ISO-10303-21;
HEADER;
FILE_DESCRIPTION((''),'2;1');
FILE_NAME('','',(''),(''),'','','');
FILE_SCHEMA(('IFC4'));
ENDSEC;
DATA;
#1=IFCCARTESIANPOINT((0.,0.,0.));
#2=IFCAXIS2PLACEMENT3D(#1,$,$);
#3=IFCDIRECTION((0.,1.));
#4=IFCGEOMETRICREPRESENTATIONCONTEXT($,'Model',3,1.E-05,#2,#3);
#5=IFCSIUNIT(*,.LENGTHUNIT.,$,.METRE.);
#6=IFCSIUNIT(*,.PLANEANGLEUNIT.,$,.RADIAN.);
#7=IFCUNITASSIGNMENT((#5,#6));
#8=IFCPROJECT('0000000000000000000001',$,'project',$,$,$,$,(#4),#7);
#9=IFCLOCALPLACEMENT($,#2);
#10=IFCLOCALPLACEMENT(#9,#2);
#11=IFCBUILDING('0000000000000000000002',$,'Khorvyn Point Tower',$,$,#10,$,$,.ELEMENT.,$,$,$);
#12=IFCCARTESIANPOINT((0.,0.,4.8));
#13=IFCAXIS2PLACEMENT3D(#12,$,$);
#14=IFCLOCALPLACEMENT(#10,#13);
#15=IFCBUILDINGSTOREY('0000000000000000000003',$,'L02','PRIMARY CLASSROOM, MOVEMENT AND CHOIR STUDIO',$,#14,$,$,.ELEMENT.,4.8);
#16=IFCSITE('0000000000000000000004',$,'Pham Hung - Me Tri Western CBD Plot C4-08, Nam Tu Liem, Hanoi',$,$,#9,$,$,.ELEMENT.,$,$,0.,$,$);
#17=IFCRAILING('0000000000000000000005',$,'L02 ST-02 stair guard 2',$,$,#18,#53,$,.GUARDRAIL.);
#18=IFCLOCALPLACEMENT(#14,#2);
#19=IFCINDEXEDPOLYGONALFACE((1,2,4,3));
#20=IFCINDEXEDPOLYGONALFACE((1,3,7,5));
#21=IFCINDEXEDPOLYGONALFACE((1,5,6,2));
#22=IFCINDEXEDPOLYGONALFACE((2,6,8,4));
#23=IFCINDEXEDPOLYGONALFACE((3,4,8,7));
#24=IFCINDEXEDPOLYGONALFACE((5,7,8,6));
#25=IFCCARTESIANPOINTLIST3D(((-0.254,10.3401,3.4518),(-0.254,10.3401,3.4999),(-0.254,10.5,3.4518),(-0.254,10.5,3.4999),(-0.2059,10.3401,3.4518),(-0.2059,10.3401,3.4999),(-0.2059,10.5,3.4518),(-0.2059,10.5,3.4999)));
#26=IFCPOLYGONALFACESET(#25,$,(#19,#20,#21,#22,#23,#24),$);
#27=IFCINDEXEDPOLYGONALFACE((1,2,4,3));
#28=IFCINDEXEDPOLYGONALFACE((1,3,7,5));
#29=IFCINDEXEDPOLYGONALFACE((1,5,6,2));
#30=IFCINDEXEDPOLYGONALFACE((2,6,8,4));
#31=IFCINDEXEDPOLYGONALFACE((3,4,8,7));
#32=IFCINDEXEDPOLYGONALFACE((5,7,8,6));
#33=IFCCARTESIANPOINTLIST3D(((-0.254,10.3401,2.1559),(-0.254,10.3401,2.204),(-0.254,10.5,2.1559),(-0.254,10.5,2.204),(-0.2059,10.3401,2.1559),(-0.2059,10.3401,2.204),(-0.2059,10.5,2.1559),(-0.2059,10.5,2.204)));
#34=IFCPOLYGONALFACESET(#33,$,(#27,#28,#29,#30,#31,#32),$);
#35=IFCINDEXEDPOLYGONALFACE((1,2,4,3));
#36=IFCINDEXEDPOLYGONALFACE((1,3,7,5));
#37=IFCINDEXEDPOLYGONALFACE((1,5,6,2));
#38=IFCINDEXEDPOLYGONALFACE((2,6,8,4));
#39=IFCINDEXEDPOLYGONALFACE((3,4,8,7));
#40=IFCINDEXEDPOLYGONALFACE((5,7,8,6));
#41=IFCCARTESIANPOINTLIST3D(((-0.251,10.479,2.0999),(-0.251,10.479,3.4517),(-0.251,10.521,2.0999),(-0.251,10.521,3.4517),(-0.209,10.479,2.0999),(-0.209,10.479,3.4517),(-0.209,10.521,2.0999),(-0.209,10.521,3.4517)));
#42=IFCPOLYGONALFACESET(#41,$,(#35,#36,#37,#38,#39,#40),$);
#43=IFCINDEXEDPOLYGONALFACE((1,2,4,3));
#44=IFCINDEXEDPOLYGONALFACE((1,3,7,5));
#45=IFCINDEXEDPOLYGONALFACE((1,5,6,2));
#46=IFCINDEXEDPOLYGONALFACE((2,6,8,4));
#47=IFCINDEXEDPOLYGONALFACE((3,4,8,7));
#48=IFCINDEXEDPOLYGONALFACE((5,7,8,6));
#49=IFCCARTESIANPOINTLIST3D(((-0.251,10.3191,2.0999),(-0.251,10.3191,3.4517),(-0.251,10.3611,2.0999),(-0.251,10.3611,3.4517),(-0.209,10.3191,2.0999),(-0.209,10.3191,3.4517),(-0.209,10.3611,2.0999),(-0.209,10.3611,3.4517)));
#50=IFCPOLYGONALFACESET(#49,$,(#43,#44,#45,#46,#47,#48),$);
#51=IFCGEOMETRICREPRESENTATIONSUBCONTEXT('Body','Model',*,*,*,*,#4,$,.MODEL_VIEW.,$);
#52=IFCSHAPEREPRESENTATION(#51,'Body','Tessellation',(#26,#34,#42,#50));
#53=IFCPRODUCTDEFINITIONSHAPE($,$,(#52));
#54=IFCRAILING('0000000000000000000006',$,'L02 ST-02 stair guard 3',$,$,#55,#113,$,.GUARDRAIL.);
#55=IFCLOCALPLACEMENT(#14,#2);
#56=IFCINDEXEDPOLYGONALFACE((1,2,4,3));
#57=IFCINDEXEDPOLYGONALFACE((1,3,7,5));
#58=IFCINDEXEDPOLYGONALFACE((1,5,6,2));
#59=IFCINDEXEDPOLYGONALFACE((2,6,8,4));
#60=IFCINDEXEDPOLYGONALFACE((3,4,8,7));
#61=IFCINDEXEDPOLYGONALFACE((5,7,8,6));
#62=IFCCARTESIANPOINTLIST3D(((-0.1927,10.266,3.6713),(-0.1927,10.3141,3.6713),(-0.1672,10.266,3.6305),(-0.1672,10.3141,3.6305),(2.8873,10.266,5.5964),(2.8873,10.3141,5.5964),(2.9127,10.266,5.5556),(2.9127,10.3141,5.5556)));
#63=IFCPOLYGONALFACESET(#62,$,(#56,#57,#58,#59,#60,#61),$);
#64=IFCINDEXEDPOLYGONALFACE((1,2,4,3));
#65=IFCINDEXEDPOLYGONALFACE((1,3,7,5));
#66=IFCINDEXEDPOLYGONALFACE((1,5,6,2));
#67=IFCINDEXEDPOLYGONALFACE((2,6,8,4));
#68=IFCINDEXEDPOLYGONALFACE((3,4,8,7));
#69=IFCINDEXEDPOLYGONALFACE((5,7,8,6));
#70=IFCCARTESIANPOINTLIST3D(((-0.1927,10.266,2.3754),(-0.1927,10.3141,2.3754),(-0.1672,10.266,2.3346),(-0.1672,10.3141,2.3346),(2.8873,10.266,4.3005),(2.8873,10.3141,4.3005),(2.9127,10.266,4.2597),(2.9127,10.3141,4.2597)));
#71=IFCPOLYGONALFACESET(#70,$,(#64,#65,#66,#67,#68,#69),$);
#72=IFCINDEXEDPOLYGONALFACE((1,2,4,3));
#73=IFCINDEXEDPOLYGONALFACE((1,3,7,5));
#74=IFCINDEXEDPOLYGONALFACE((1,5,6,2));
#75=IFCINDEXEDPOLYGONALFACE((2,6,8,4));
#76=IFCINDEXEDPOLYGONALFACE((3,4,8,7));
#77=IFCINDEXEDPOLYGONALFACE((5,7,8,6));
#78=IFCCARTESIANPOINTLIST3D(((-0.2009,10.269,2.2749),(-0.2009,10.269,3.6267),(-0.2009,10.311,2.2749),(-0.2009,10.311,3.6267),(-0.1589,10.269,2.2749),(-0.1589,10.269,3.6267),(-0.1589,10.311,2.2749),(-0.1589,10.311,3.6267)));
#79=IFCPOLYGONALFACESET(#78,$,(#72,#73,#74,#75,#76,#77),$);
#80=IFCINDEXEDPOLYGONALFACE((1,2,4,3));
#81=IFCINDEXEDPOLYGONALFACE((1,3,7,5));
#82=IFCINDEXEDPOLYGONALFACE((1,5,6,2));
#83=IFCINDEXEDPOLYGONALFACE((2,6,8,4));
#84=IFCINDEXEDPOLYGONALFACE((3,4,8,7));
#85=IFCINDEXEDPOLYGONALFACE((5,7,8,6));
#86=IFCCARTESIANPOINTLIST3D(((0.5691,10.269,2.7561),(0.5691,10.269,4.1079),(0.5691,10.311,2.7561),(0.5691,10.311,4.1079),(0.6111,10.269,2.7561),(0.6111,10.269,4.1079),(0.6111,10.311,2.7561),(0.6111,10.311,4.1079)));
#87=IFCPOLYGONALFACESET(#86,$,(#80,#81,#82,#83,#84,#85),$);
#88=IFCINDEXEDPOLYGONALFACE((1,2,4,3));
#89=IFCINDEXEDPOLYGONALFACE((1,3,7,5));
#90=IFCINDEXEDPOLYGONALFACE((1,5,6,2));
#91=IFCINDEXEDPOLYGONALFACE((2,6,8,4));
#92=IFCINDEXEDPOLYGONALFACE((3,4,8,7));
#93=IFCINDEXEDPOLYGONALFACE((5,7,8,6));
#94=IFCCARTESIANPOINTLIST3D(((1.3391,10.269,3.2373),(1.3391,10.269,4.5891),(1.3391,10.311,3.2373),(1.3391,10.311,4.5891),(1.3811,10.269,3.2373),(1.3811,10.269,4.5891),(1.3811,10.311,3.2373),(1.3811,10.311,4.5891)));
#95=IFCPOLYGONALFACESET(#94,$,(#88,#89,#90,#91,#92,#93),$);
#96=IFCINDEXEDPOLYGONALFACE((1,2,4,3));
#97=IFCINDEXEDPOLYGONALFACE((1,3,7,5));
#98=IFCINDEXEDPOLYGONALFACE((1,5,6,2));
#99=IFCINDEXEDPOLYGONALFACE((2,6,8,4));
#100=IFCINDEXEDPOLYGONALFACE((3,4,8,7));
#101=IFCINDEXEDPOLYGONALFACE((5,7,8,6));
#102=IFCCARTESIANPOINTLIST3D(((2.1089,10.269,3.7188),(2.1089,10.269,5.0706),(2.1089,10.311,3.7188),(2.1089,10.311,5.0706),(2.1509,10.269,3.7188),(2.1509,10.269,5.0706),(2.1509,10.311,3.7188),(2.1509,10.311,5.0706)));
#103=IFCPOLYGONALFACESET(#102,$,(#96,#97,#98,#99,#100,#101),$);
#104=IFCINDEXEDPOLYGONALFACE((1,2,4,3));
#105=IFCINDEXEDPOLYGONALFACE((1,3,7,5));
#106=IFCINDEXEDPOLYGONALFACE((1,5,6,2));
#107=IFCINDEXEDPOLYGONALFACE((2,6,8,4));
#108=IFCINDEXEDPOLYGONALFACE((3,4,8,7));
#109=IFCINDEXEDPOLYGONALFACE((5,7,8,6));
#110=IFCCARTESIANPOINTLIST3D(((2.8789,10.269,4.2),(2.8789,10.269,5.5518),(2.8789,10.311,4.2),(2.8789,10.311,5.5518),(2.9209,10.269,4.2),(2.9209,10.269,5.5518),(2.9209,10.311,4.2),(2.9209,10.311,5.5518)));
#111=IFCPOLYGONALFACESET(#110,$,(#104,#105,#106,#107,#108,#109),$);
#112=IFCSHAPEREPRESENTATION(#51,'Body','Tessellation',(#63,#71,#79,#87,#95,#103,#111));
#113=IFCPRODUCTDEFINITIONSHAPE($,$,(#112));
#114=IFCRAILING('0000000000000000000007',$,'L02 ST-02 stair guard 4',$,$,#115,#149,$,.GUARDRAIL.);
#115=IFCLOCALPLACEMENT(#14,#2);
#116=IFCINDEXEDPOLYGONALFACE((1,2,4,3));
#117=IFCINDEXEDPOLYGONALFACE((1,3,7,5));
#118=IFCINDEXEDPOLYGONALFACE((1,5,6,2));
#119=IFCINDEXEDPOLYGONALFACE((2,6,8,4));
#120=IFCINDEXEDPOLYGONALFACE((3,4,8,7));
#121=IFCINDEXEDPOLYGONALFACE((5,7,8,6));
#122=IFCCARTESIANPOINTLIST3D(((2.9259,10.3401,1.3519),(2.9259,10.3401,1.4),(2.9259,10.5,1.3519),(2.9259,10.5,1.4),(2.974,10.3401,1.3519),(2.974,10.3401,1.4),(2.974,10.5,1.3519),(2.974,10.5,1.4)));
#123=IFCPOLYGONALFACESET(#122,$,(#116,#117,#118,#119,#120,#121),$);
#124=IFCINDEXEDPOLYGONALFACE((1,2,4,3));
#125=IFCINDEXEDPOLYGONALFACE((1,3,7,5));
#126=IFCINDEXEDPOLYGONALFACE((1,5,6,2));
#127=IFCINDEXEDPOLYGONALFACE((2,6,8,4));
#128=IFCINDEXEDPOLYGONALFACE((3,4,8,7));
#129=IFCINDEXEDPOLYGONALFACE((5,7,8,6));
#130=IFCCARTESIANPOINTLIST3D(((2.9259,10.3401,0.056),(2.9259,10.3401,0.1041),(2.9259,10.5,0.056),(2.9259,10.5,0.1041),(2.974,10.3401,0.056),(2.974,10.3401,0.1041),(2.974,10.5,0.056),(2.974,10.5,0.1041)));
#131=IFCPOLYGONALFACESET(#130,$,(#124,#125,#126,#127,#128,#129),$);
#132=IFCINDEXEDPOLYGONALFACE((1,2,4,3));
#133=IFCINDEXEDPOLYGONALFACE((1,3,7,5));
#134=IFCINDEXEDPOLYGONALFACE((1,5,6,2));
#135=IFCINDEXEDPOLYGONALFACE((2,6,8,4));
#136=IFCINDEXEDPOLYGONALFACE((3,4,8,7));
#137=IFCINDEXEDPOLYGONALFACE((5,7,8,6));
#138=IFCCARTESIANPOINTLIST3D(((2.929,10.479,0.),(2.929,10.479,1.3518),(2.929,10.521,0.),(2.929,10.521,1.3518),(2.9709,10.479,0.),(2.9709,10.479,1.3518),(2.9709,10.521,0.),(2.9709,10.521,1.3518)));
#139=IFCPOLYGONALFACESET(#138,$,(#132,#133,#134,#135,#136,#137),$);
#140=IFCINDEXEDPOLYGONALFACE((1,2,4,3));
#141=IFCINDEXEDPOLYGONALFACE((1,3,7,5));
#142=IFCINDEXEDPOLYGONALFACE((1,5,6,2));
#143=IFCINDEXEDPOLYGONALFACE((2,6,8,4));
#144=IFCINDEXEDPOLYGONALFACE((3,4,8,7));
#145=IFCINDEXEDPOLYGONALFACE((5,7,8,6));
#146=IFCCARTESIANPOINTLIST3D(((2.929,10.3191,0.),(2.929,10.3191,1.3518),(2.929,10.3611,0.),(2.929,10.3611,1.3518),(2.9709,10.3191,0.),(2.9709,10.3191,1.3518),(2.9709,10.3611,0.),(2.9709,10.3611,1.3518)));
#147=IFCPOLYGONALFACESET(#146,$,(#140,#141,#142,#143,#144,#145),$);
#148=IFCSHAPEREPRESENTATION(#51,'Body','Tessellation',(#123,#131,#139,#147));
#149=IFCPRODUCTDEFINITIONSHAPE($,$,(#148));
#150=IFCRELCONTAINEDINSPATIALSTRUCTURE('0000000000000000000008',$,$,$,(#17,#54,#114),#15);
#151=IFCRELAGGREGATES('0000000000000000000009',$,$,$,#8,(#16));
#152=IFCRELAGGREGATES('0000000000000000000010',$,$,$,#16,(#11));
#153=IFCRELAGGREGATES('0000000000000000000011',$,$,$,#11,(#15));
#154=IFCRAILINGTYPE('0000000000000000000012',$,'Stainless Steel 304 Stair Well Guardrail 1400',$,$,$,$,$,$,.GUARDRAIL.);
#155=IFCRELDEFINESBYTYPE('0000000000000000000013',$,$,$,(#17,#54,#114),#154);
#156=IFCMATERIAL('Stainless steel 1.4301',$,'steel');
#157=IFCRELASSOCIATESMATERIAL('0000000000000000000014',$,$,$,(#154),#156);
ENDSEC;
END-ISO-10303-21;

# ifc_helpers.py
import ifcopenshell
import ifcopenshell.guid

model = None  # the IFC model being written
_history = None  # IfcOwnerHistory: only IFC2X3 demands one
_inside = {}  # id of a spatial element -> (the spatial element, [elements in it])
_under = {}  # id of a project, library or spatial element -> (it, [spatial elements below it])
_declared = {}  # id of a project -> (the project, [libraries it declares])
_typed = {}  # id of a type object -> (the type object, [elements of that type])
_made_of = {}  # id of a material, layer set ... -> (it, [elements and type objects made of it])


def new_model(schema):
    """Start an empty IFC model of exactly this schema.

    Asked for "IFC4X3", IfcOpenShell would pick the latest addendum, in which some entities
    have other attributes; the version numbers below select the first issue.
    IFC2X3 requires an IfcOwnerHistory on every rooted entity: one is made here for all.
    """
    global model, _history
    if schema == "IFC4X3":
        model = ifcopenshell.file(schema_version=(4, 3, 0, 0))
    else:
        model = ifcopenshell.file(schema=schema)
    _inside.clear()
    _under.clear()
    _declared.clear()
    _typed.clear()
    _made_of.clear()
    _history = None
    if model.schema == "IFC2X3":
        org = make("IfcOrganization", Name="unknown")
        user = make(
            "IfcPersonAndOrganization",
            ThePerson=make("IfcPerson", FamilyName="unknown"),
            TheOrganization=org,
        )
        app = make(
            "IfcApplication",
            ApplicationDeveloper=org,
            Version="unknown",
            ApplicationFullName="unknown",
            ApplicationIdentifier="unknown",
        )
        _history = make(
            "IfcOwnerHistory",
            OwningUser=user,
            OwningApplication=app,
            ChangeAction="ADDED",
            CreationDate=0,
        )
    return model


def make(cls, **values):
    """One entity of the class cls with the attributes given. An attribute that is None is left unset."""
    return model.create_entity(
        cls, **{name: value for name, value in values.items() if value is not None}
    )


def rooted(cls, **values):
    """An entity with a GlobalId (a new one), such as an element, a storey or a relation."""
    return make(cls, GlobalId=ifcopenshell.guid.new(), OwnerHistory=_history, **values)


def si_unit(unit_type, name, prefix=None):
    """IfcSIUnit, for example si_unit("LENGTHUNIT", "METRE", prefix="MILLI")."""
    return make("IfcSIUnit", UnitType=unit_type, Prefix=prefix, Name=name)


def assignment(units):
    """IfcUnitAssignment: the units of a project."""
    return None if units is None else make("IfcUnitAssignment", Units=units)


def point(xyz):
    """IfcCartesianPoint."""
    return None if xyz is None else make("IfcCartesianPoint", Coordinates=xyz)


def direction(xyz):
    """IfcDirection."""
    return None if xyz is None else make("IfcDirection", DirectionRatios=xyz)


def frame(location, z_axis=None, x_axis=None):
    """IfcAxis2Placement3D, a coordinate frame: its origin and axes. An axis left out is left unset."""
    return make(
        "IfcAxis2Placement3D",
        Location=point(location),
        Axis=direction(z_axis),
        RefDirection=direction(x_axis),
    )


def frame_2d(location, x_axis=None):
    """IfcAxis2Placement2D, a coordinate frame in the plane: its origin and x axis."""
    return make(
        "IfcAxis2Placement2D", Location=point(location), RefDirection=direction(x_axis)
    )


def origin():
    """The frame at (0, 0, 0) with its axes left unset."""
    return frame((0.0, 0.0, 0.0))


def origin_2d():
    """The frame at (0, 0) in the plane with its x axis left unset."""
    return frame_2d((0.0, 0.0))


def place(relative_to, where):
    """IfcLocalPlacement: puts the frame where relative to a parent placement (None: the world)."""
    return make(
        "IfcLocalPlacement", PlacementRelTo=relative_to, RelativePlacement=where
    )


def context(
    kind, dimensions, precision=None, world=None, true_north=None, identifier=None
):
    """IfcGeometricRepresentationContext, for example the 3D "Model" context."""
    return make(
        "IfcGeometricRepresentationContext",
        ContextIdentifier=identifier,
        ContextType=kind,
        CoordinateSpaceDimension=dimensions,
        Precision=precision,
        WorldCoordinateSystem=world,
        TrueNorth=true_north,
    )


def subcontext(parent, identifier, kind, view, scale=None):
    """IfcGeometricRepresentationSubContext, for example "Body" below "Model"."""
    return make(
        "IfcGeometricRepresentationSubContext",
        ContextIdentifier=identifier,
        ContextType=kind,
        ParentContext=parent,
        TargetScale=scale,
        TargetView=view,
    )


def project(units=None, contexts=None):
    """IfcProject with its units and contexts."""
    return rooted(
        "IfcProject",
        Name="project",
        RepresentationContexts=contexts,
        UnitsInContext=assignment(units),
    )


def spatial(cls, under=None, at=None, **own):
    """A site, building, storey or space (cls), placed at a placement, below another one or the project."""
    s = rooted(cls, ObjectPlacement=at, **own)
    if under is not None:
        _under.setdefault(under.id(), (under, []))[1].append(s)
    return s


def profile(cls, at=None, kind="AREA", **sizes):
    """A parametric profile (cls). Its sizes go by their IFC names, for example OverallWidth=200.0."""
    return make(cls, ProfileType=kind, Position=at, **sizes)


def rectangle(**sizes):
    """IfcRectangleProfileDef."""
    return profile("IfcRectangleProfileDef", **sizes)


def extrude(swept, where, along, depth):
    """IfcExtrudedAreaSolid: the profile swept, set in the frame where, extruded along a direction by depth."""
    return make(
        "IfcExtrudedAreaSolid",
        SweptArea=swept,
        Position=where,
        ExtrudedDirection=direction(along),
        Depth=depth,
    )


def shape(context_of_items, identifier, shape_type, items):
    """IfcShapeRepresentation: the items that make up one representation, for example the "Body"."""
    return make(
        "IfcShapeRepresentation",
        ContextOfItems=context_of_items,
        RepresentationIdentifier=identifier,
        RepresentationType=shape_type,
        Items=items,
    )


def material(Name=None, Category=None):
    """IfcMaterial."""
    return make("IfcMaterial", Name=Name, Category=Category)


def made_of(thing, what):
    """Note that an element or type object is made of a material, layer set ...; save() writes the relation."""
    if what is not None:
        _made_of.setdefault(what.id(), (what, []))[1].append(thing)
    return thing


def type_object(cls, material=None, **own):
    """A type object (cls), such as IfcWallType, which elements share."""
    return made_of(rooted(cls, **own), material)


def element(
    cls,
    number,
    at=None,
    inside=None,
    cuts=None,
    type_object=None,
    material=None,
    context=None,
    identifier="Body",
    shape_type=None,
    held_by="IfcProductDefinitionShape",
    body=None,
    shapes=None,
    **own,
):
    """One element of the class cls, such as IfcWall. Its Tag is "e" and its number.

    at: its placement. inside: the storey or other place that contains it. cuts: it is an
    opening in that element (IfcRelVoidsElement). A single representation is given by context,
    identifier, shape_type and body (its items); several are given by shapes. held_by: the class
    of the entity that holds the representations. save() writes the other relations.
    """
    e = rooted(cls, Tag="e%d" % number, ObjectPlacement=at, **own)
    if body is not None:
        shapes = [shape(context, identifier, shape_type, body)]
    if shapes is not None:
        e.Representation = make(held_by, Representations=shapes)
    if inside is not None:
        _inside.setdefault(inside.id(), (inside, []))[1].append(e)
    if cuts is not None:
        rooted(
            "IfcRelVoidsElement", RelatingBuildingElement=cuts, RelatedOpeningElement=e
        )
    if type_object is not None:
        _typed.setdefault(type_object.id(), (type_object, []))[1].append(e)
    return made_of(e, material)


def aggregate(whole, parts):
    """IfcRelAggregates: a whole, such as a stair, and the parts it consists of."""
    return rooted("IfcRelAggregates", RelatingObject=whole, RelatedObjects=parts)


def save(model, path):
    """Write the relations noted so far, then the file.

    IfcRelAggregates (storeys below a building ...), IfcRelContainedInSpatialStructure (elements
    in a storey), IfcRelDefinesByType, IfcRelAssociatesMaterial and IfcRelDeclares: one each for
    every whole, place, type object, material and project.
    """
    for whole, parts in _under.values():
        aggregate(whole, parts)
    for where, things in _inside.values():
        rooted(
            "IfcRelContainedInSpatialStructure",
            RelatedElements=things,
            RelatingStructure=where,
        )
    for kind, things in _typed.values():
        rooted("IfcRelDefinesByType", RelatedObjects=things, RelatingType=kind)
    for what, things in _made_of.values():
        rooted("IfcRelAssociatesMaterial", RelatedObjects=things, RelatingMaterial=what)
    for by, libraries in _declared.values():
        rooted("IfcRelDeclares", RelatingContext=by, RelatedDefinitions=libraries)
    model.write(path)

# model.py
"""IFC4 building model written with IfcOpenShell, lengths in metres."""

from ifc_helpers import new_model, si_unit, direction, frame, origin, origin_2d, place, context, subcontext, project, spatial, rectangle, extrude, material, type_object, element, save


model = new_model("IFC4")

# Units and contexts
model_context = context("Model", 3, precision=1e-05, world=origin(), true_north=direction((0.0, 1.0)))
body_context = subcontext(model_context, "Body", "Model", "MODEL_VIEW")
ifc_project = project(units=[si_unit("LENGTHUNIT", "METRE"), si_unit("PLANEANGLEUNIT", "RADIAN")], contexts=[model_context])

# Site, building, storey
site_placement = place(None, origin())
site = spatial("IfcSite", under=ifc_project, at=site_placement, Name="Pham Hung - Me Tri Western CBD Plot C4-08, Nam Tu Liem, Hanoi", CompositionType="ELEMENT", RefElevation=0.0)
building_placement = place(site_placement, origin())
building = spatial("IfcBuilding", under=site, at=building_placement, Name="Khorvyn Point Tower", CompositionType="ELEMENT")
storey_placement = place(building_placement, frame((0.0, 0.0, 4.8)))
storey = spatial("IfcBuildingStorey", under=building, at=storey_placement, Name="L02", Description="PRIMARY CLASSROOM, MOVEMENT AND CHOIR STUDIO", CompositionType="ELEMENT", Elevation=4.8)

# Shared definitions
ifc_material_1 = material(Name="Stainless steel 1.4301", Category="steel")

# Railings
railing_type_1 = type_object("IfcRailingType", Name="Stainless Steel 304 Stair Well Guardrail 1400", PredefinedType="GUARDRAIL", material=ifc_material_1)
railing_1_placement = place(storey_placement, frame((-0.23, 10.5, 2.0999)))
element("IfcRailing", 1, at=railing_1_placement, inside=storey, type_object=railing_type_1, Name="L02 ST-02 stair guard 2", PredefinedType="GUARDRAIL", context=body_context, shape_type="SweptSolid", body=[
    extrude(rectangle(XDim=0.0481, YDim=0.0481, at=origin_2d()), frame((0.0, 0.0, 1.376), z_axis=(0.0, -1.0, 0.0), x_axis=(1.0, 0.0, 0.0)), (0.0, 0.0, 1.0), 0.1599),
    extrude(rectangle(XDim=0.0481, YDim=0.0481, at=origin_2d()), frame((0.0, 0.0, 0.0801), z_axis=(0.0, -1.0, 0.0), x_axis=(1.0, 0.0, 0.0)), (0.0, 0.0, 1.0), 0.1599),
    extrude(rectangle(XDim=0.042, YDim=0.042, at=origin_2d()), origin(), (0.0, 0.0, 1.0), 1.3518),
    extrude(rectangle(XDim=0.042, YDim=0.042, at=origin_2d()), frame((0.0, -0.1599, 0.0)), (0.0, 0.0, 1.0), 1.3518),
])
railing_2_placement = place(storey_placement, frame((-0.1799, 10.29, 2.2749)))
element("IfcRailing", 2, at=railing_2_placement, inside=storey, type_object=railing_type_1, Name="L02 ST-02 stair guard 3", PredefinedType="GUARDRAIL", context=body_context, shape_type="SweptSolid", body=[
    extrude(rectangle(XDim=0.0481, YDim=0.0481, at=origin_2d()), frame((0.0, 0.0, 1.376), z_axis=(0.847979, 0.0, 0.530029), x_axis=(0.0, 1.0, 0.0)), (0.0, 0.0, 1.0), 3.6321),
    extrude(rectangle(XDim=0.0481, YDim=0.0481, at=origin_2d()), frame((0.0, 0.0, 0.0801), z_axis=(0.847979, 0.0, 0.530029), x_axis=(0.0, 1.0, 0.0)), (0.0, 0.0, 1.0), 3.6321),
    extrude(rectangle(XDim=0.042, YDim=0.042, at=origin_2d()), origin(), (0.0, 0.0, 1.0), 1.3518),
    extrude(rectangle(XDim=0.042, YDim=0.042, at=origin_2d()), frame((0.77, 0.0, 0.4812)), (0.0, 0.0, 1.0), 1.3518),
    extrude(rectangle(XDim=0.042, YDim=0.042, at=origin_2d()), frame((1.54, 0.0, 0.9624)), (0.0, 0.0, 1.0), 1.3518),
    extrude(rectangle(XDim=0.042, YDim=0.042, at=origin_2d()), frame((2.3098, 0.0, 1.4438)), (0.0, 0.0, 1.0), 1.3518),
    extrude(rectangle(XDim=0.042, YDim=0.042, at=origin_2d()), frame((3.0798, 0.0, 1.925)), (0.0, 0.0, 1.0), 1.3518),
])
railing_3_placement = place(storey_placement, frame((2.95, 10.5, 0.0)))
element("IfcRailing", 3, at=railing_3_placement, inside=storey, type_object=railing_type_1, Name="L02 ST-02 stair guard 4", PredefinedType="GUARDRAIL", context=body_context, shape_type="SweptSolid", body=[
    extrude(rectangle(XDim=0.0481, YDim=0.0481, at=origin_2d()), frame((0.0, 0.0, 1.376), z_axis=(0.0, -1.0, 0.0), x_axis=(1.0, 0.0, 0.0)), (0.0, 0.0, 1.0), 0.1599),
    extrude(rectangle(XDim=0.0481, YDim=0.0481, at=origin_2d()), frame((0.0, 0.0, 0.0801), z_axis=(0.0, -1.0, 0.0), x_axis=(1.0, 0.0, 0.0)), (0.0, 0.0, 1.0), 0.1599),
    extrude(rectangle(XDim=0.042, YDim=0.042, at=origin_2d()), origin(), (0.0, 0.0, 1.0), 1.3518),
    extrude(rectangle(XDim=0.042, YDim=0.042, at=origin_2d()), frame((0.0, -0.1599, 0.0)), (0.0, 0.0, 1.0), 1.3518),
])

save(model, "model.ifc")
